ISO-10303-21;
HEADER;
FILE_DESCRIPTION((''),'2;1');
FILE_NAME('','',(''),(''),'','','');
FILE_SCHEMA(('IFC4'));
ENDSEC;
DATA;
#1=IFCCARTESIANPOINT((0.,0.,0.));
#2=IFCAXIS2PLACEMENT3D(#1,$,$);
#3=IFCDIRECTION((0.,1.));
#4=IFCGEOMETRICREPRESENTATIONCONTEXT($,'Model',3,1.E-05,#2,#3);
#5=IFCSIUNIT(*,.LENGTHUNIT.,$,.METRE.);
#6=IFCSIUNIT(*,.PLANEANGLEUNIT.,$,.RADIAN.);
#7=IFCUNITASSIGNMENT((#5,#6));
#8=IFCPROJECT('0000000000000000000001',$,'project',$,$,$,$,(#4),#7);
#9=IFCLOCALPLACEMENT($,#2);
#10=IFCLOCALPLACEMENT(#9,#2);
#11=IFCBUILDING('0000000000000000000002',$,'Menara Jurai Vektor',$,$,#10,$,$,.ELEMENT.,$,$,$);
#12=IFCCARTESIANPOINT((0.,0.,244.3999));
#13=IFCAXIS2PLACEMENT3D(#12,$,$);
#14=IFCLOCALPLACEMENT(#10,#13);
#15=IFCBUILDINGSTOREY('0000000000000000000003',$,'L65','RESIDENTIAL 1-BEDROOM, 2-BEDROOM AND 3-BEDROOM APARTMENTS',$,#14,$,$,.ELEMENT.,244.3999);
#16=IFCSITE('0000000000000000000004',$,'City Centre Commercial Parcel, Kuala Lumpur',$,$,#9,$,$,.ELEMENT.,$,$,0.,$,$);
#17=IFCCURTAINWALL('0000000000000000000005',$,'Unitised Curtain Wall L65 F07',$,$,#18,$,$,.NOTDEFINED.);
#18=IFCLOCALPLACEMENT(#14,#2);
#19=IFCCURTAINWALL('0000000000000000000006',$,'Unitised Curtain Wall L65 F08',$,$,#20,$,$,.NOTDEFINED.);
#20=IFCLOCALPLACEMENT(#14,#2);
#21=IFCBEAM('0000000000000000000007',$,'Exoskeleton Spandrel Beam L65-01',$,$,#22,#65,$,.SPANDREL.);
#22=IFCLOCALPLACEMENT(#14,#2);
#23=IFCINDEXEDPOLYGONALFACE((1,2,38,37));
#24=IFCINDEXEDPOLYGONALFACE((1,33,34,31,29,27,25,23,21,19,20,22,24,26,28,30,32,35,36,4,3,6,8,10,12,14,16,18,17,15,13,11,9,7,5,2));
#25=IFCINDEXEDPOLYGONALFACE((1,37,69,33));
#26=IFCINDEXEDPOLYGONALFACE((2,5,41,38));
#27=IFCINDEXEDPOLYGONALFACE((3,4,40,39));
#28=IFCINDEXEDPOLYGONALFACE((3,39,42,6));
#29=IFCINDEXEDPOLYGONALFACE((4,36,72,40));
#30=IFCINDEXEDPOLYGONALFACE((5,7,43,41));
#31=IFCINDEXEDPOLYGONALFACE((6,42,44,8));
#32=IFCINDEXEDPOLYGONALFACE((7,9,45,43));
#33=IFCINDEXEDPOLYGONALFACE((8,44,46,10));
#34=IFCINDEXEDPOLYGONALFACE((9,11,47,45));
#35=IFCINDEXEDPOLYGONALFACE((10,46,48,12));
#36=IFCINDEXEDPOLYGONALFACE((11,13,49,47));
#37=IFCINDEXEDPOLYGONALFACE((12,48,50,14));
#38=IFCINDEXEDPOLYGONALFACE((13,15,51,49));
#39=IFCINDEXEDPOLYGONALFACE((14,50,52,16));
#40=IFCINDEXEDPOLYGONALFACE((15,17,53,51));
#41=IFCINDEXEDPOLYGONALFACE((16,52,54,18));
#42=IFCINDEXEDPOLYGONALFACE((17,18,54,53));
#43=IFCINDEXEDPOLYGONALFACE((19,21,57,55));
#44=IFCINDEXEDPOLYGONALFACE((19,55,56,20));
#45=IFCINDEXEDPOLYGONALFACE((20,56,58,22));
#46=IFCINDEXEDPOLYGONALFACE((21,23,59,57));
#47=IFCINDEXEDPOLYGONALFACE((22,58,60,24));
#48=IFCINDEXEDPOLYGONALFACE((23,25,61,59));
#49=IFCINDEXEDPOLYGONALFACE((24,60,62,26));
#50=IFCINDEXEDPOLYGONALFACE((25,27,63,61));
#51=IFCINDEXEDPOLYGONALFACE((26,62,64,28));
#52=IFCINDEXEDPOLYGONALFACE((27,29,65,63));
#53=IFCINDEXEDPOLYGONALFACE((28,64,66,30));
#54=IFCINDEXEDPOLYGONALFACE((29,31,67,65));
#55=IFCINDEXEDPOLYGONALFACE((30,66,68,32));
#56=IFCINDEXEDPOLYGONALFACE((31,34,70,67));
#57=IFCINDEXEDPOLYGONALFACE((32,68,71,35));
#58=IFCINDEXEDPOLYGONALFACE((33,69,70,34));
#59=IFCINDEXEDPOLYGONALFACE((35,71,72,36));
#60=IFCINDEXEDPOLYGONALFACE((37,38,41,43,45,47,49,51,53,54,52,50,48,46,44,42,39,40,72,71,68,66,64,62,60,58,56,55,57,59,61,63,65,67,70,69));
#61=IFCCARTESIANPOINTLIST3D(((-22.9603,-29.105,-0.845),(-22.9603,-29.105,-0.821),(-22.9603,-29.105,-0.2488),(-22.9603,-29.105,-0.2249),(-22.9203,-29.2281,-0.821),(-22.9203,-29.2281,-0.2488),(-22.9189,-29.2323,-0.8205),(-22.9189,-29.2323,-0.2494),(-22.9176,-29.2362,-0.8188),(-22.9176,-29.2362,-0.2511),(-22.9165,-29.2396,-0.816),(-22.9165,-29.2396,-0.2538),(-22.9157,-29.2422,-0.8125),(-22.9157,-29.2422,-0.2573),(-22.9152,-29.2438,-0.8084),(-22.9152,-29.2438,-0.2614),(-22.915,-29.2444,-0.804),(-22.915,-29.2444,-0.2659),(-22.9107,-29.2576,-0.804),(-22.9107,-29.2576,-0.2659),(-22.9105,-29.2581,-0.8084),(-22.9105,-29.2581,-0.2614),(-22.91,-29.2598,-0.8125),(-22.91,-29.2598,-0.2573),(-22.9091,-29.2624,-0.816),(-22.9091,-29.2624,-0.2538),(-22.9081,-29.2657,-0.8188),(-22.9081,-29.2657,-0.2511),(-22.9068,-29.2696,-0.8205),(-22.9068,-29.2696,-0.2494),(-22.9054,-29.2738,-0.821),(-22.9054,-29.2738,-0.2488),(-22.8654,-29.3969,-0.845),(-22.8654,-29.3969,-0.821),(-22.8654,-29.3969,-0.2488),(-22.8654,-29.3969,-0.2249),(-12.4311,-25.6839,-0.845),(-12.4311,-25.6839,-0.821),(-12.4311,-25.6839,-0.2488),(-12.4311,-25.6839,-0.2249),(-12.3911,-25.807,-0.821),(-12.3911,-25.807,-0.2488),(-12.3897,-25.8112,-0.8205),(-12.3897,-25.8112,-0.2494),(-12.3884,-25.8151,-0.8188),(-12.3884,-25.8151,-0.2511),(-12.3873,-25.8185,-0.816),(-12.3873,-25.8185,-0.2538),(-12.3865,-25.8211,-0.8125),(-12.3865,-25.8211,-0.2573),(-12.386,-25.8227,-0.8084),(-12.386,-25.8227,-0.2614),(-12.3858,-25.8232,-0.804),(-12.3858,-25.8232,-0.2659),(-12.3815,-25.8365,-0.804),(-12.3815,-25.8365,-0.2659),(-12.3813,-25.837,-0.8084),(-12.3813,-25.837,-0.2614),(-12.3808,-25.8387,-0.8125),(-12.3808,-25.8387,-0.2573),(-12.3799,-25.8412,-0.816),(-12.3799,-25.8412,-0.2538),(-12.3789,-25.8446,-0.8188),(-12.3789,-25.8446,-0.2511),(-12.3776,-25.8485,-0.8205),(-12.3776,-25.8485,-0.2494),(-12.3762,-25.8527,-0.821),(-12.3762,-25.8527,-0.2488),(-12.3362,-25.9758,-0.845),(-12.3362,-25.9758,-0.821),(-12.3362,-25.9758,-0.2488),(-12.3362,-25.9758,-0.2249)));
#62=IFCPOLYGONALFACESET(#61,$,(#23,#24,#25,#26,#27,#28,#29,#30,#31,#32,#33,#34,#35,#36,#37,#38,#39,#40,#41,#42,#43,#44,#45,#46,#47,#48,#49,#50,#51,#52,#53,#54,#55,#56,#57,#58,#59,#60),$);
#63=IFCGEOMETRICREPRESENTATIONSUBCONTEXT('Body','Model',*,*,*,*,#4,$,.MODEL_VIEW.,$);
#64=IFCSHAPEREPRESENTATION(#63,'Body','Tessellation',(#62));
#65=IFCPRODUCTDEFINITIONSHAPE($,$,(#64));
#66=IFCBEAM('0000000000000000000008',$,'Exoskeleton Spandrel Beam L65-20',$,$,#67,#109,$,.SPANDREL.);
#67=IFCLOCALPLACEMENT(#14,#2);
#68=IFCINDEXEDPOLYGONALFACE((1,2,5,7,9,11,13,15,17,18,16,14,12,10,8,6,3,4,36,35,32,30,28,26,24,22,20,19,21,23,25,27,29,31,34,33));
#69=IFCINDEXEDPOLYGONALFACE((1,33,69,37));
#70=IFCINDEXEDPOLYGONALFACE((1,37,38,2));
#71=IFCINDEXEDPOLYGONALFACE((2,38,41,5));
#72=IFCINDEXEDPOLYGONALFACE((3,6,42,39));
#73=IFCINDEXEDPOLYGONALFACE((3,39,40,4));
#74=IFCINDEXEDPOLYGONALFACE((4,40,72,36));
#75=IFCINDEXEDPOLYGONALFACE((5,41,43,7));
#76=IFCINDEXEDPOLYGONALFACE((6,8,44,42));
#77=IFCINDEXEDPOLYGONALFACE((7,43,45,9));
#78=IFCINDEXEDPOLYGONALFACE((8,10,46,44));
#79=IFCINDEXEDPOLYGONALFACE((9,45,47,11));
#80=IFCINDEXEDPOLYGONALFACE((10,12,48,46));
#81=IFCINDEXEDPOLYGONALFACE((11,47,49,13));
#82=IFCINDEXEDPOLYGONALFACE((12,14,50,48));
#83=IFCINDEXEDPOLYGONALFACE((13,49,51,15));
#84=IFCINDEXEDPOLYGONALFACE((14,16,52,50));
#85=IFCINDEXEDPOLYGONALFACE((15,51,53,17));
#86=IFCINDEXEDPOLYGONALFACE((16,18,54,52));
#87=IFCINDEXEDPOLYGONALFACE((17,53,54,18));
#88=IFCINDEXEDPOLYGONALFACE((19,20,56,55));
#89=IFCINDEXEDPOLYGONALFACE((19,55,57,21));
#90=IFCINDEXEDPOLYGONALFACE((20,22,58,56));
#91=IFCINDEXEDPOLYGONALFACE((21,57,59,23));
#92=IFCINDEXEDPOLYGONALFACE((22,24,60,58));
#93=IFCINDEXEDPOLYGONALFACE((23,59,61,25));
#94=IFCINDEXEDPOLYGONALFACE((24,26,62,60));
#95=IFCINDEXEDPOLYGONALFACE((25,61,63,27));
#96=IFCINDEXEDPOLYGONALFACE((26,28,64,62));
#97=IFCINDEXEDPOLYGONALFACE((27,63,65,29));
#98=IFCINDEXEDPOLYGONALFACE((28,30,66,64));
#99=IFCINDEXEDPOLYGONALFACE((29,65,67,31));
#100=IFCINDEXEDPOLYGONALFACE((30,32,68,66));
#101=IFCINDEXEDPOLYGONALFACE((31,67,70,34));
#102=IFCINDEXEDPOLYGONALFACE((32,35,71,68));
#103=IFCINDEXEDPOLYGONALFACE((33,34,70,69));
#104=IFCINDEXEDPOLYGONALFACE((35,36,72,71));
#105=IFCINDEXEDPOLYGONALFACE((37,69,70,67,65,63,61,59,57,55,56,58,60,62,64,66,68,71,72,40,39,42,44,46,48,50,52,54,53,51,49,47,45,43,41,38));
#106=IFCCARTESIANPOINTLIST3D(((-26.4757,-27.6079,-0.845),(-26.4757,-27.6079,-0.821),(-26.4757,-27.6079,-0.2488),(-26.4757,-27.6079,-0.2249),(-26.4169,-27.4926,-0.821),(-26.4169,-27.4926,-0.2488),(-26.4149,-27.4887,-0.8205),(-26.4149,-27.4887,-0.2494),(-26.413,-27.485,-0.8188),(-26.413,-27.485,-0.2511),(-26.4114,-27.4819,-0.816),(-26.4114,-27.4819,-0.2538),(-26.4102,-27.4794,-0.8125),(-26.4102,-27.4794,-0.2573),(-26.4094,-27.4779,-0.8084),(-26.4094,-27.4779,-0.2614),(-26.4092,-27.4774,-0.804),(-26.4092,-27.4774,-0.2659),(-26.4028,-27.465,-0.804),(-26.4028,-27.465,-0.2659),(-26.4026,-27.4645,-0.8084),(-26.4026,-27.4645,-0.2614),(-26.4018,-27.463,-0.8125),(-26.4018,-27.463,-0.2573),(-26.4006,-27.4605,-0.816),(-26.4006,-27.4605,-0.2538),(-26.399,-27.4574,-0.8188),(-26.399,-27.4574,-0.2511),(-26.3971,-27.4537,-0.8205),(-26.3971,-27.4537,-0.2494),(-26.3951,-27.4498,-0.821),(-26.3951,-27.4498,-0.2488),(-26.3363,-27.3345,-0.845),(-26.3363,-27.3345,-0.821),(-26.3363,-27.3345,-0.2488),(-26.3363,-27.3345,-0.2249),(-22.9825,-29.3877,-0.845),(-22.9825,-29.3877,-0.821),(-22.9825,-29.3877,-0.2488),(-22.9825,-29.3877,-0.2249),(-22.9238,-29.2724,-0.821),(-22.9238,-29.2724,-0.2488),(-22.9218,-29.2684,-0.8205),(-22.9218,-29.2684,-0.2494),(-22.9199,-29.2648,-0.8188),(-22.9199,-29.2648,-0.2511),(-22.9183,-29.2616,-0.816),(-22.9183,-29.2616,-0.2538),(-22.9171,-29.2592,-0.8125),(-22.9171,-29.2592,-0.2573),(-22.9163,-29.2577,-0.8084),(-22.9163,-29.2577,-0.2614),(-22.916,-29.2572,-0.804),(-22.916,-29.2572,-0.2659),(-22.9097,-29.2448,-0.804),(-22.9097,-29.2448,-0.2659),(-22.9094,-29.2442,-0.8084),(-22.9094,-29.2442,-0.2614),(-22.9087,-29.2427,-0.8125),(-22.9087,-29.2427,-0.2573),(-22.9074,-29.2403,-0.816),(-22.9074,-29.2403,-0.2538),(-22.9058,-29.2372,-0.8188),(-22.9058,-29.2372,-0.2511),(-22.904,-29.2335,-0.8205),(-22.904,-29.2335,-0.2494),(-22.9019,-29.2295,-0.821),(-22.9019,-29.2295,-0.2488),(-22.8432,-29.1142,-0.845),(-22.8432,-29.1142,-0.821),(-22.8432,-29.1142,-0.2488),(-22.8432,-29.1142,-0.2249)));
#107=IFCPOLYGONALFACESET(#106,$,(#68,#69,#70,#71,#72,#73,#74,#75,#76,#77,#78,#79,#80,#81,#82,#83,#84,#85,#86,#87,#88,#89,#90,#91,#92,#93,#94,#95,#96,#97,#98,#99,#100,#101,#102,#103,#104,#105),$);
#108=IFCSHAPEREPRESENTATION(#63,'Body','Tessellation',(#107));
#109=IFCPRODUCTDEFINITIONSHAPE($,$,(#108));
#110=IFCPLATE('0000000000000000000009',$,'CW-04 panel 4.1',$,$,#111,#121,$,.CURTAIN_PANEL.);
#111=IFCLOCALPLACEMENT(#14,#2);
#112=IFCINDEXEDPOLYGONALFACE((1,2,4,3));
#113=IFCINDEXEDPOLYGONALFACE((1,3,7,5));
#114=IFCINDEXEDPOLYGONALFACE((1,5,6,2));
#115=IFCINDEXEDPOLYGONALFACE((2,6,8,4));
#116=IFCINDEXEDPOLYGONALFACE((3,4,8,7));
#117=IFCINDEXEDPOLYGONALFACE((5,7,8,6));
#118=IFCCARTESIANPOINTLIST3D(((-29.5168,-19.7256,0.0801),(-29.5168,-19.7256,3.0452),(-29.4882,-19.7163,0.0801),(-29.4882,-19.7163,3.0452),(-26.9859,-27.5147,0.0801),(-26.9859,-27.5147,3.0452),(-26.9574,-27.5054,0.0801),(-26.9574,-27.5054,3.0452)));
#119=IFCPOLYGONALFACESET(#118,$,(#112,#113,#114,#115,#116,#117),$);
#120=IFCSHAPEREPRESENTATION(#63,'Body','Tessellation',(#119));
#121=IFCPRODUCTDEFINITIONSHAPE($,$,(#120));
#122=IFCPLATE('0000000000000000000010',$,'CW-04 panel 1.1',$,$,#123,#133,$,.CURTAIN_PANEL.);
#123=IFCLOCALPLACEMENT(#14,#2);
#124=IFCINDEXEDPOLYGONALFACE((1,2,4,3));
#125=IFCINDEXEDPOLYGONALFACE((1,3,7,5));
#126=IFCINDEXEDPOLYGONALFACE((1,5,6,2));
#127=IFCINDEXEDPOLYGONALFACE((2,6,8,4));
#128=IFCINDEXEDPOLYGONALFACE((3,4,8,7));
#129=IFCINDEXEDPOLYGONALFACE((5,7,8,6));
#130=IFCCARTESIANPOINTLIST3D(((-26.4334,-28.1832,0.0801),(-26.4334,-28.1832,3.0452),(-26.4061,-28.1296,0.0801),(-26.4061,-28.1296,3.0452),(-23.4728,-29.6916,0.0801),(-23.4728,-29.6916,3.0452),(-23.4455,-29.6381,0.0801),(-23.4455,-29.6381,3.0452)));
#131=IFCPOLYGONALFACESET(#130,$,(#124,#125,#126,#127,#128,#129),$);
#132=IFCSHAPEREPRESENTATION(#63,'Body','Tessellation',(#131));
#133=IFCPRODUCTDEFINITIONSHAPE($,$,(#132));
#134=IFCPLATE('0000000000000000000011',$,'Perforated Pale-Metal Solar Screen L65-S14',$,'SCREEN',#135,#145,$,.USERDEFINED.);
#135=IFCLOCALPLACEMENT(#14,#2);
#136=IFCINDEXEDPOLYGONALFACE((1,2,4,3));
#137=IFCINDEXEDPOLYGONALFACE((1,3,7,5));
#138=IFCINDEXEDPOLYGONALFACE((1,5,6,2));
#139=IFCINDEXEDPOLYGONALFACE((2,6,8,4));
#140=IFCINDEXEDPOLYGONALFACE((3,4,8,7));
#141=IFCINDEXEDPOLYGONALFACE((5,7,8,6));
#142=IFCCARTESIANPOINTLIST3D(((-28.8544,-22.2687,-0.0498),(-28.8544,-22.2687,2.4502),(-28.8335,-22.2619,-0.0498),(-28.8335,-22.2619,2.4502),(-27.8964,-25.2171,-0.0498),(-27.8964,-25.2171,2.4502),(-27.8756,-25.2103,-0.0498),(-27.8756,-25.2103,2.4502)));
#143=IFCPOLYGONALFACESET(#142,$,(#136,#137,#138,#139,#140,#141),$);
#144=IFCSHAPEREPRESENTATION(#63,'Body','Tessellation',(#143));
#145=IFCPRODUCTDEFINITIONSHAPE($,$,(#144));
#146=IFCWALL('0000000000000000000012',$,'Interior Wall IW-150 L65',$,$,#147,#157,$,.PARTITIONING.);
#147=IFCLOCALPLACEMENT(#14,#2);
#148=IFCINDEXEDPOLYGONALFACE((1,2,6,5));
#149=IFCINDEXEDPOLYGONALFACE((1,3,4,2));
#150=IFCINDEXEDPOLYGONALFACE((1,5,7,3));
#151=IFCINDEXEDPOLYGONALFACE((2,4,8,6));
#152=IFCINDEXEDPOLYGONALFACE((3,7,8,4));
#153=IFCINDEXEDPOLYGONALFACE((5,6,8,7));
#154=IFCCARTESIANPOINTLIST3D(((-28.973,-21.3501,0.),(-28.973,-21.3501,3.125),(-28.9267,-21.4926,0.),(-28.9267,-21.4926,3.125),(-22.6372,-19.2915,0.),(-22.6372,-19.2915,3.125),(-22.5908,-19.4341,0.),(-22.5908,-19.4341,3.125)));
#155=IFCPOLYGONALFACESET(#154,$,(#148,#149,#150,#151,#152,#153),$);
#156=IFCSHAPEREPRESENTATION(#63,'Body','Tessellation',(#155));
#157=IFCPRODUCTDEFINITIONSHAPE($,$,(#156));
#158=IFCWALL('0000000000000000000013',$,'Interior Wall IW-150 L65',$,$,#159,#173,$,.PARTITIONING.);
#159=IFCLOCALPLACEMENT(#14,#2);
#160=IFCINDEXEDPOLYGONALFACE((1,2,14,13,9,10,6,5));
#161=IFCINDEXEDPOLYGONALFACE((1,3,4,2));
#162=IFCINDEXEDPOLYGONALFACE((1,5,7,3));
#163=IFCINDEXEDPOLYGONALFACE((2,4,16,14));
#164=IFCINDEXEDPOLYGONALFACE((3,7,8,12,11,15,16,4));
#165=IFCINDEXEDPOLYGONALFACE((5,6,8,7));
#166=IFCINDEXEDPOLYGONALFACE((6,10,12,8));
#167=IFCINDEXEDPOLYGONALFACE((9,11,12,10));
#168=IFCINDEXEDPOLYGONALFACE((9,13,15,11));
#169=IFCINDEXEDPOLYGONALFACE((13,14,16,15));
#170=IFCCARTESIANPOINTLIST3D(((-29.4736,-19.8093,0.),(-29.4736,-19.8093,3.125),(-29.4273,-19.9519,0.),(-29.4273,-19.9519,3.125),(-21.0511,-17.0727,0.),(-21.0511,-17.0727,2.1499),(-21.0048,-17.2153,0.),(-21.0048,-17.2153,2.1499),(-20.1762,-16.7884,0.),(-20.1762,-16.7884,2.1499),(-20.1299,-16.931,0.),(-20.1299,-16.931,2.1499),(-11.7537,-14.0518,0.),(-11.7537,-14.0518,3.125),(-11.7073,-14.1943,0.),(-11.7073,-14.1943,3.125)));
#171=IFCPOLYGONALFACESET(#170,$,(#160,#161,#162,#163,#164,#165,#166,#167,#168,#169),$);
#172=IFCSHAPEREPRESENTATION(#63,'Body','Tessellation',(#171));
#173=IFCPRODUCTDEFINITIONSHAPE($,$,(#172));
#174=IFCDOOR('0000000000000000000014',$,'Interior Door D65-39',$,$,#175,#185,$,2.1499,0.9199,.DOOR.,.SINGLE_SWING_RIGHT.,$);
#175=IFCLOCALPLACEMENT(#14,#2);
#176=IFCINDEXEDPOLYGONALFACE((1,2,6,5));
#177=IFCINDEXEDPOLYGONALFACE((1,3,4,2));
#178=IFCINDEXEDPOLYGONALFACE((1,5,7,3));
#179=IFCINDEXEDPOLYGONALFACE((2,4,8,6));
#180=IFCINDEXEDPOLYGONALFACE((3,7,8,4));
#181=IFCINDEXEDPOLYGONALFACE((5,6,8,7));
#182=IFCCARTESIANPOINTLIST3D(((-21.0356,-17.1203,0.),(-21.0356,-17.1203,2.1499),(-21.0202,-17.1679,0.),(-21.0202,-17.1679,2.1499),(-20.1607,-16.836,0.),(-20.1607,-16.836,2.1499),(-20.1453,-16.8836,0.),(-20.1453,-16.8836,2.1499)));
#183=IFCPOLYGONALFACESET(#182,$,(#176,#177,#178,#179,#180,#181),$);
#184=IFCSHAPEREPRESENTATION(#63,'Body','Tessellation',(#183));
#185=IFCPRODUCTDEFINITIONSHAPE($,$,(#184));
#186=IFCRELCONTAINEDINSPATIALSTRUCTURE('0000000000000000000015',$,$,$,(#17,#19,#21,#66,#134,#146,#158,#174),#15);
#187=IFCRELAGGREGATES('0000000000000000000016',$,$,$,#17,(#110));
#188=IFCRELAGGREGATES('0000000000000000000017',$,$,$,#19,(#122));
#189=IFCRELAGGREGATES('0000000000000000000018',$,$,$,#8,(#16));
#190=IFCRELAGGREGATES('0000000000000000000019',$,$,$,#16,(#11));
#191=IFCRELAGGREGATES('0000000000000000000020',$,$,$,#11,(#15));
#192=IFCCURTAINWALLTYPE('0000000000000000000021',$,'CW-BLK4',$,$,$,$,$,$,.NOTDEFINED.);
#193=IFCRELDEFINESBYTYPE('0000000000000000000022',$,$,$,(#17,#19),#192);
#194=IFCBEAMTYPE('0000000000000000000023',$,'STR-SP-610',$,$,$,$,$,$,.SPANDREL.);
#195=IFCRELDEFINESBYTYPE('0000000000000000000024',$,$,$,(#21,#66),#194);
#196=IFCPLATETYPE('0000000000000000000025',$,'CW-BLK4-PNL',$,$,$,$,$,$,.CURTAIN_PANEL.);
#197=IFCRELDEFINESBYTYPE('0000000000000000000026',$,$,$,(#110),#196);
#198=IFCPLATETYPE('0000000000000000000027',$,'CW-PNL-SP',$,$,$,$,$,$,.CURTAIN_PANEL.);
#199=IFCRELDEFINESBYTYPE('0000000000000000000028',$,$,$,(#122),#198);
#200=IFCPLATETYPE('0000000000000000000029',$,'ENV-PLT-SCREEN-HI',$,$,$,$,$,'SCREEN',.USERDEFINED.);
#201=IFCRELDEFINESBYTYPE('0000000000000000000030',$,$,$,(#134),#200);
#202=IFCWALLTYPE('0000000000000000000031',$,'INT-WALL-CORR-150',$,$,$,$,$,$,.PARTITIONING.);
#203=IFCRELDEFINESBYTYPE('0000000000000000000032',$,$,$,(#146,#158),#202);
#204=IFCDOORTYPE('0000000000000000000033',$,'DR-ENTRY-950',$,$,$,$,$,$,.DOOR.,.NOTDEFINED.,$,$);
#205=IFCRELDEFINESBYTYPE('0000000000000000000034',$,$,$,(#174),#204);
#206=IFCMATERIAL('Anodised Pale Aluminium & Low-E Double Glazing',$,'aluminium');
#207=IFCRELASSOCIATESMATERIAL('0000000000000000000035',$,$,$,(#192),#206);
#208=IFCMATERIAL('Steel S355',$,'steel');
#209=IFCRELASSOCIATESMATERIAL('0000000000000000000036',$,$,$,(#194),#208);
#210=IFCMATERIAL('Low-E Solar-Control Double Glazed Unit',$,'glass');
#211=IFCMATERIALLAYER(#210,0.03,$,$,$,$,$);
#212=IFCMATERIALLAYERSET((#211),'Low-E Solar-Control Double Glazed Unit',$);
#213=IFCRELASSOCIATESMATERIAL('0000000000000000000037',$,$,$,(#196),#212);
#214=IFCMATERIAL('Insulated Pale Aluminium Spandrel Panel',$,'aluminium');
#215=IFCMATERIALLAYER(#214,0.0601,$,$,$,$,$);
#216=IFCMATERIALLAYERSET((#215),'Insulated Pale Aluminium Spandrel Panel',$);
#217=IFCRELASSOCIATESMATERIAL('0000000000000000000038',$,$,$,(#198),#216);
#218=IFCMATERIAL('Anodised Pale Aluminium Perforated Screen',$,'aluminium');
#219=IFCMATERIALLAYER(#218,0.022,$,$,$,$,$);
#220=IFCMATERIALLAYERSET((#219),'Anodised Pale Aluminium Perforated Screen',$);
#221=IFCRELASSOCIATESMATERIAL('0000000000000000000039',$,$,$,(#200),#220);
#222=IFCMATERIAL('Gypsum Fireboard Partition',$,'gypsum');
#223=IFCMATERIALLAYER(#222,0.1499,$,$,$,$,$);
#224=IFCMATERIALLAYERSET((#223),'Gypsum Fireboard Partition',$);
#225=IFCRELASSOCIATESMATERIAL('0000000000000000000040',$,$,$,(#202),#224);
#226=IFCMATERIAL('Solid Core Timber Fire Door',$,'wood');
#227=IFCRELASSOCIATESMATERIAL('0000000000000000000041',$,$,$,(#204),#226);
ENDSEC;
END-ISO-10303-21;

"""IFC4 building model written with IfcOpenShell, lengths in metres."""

from ifc_helpers import new_model, si_unit, direction, frame, frame_2d, origin, origin_2d, place, context, subcontext, project, spatial, rectangle, i_section, extrude, material, layer, layer_set, material_profile, profile_set, type_object, element, fill, aggregate, save


model = new_model("IFC4")

# Units and contexts
model_context = context("Model", 3, precision=1e-05, world=origin(), true_north=direction((0.0, 1.0)))
body_context = subcontext(model_context, "Body", "Model", "MODEL_VIEW")
ifc_project = project(units=[si_unit("LENGTHUNIT", "METRE"), si_unit("PLANEANGLEUNIT", "RADIAN")], contexts=[model_context])

# Site, building, storey
site_placement = place(None, origin())
site = spatial("IfcSite", under=ifc_project, at=site_placement, Name="City Centre Commercial Parcel, Kuala Lumpur", CompositionType="ELEMENT", RefElevation=0.0)
building_placement = place(site_placement, origin())
building = spatial("IfcBuilding", under=site, at=building_placement, Name="Menara Jurai Vektor", CompositionType="ELEMENT")
storey_placement = place(building_placement, frame((0.0, 0.0, 244.3999)))
storey = spatial("IfcBuildingStorey", under=building, at=storey_placement, Name="L65", Description="RESIDENTIAL 1-BEDROOM, 2-BEDROOM AND 3-BEDROOM APARTMENTS", CompositionType="ELEMENT", Elevation=244.3999)

# Shared definitions
ifc_material_1 = material(Name="Anodised Pale Aluminium & Low-E Double Glazing", Category="aluminium")
curtain_wall_type = type_object("IfcCurtainWallType", Name="CW-BLK4", PredefinedType="NOTDEFINED", material=ifc_material_1)

# Curtain walls
curtain_wall_1_placement = place(storey_placement, origin())
curtain_wall_1 = element("IfcCurtainWall", 1, at=curtain_wall_1_placement, inside=storey, type_object=curtain_wall_type, Name="Unitised Curtain Wall L65 F07", PredefinedType="NOTDEFINED")
curtain_wall_2_placement = place(storey_placement, origin())
curtain_wall_2 = element("IfcCurtainWall", 2, at=curtain_wall_2_placement, inside=storey, type_object=curtain_wall_type, Name="Unitised Curtain Wall L65 F08", PredefinedType="NOTDEFINED")

# Shared definitions
ifc_material_2 = material(Name="Steel S355", Category="steel")

# Beams
ifc_material_profile_1 = material_profile(ifc_material_2, i_section(OverallWidth=0.3069, OverallDepth=0.6201, WebThickness=0.0139, FlangeThickness=0.0239, FilletRadius=0.0171, at=origin_2d()), Name="UKB 610x305x179")
ifc_profile_set_1 = profile_set([ifc_material_profile_1], Name="Steel S355")
beam_type_1 = type_object("IfcBeamType", Name="STR-SP-610", PredefinedType="SPANDREL", material=ifc_profile_set_1)
beam_1_placement = place(storey_placement, frame((-22.9128, -29.251, -0.5349), z_axis=(0.951057, 0.309014, 0.0), x_axis=(-0.309014, 0.951057, 0.0)))
element("IfcBeam", 3, at=beam_1_placement, inside=storey, type_object=beam_type_1, Name="Exoskeleton Spandrel Beam L65-01", PredefinedType="SPANDREL", context=body_context, shape_type="SweptSolid", body=[
    extrude(i_section(OverallWidth=0.3069, OverallDepth=0.6201, WebThickness=0.0139, FlangeThickness=0.0239, FilletRadius=0.0171, at=origin_2d()), origin(), (0.0, 0.0, 1.0), 11.071),
])
beam_2_placement = place(storey_placement, frame((-26.406, -27.4712, -0.5349), z_axis=(0.891014, -0.453976, 0.0), x_axis=(0.453976, 0.891014, 0.0)))
element("IfcBeam", 4, at=beam_2_placement, inside=storey, type_object=beam_type_1, Name="Exoskeleton Spandrel Beam L65-20", PredefinedType="SPANDREL", context=body_context, shape_type="SweptSolid", body=[
    extrude(i_section(OverallWidth=0.3069, OverallDepth=0.6201, WebThickness=0.0139, FlangeThickness=0.0239, FilletRadius=0.0171, at=origin_2d()), origin(), (0.0, 0.0, 1.0), 3.9204),
])

# Plates
ifc_material_3 = material(Name="Low-E Solar-Control Double Glazed Unit", Category="glass")
ifc_layer_1 = layer(ifc_material_3, 0.03)
ifc_layer_set_1 = layer_set([ifc_layer_1], Name="Low-E Solar-Control Double Glazed Unit")
plate_type_1 = type_object("IfcPlateType", Name="CW-BLK4-PNL", PredefinedType="CURTAIN_PANEL", material=ifc_layer_set_1)
plate_1_placement = place(storey_placement, frame((-28.2371, -23.6155, 0.0801), z_axis=(0.0, 0.0, 1.0), x_axis=(0.309016, -0.951057, 0.0)))
plate_1 = element("IfcPlate", 5, at=plate_1_placement, type_object=plate_type_1, Name="CW-04 panel 4.1", PredefinedType="CURTAIN_PANEL", context=body_context, shape_type="SweptSolid", body=[
    extrude(rectangle(XDim=8.1899, YDim=0.03, at=origin_2d()), origin(), (0.0, 0.0, 1.0), 2.9651),
])
aggregate(curtain_wall_1, [plate_1])
ifc_material_4 = material(Name="Insulated Pale Aluminium Spandrel Panel", Category="aluminium")
ifc_layer_2 = layer(ifc_material_4, 0.0601)
ifc_layer_set_2 = layer_set([ifc_layer_2], Name="Insulated Pale Aluminium Spandrel Panel")
plate_type_2 = type_object("IfcPlateType", Name="CW-PNL-SP", PredefinedType="CURTAIN_PANEL", material=ifc_layer_set_2)
plate_2_placement = place(storey_placement, frame((-24.9395, -28.9106, 0.0801), z_axis=(0.0, 0.0, 1.0), x_axis=(0.891008, -0.453989, 0.0)))
plate_2 = element("IfcPlate", 6, at=plate_2_placement, type_object=plate_type_2, Name="CW-04 panel 1.1", PredefinedType="CURTAIN_PANEL", context=body_context, shape_type="SweptSolid", body=[
    extrude(rectangle(XDim=3.3228, YDim=0.0601, at=origin_2d()), origin(), (0.0, 0.0, 1.0), 2.9651),
])
aggregate(curtain_wall_2, [plate_2])
ifc_material_5 = material(Name="Anodised Pale Aluminium Perforated Screen", Category="aluminium")
ifc_layer_3 = layer(ifc_material_5, 0.022)
ifc_layer_set_3 = layer_set([ifc_layer_3], Name="Anodised Pale Aluminium Perforated Screen")
plate_type_3 = type_object("IfcPlateType", Name="ENV-PLT-SCREEN-HI", ElementType="SCREEN", PredefinedType="USERDEFINED", material=ifc_layer_set_3)
plate_3_placement = place(storey_placement, frame((-28.365, -23.7395, -0.0498), z_axis=(0.0, 0.0, 1.0), x_axis=(0.309017, -0.951057, 0.0)))
element("IfcPlate", 7, at=plate_3_placement, inside=storey, type_object=plate_type_3, Name="Perforated Pale-Metal Solar Screen L65-S14", ObjectType="SCREEN", PredefinedType="USERDEFINED", context=body_context, shape_type="SweptSolid", body=[
    extrude(rectangle(XDim=3.1001, YDim=0.022, at=origin_2d()), origin(), (0.0, 0.0, 1.0), 2.5),
])

# Wall
ifc_material_6 = material(Name="Gypsum Fireboard Partition", Category="gypsum")
ifc_layer_4 = layer(ifc_material_6, 0.1499)
ifc_layer_set_4 = layer_set([ifc_layer_4], Name="Gypsum Fireboard Partition")
wall_type = type_object("IfcWallType", Name="INT-WALL-CORR-150", PredefinedType="PARTITIONING", material=ifc_layer_set_4)
wall_1_placement = place(storey_placement, frame((-28.95, -21.4214, 0.0), z_axis=(0.0, 0.0, 1.0), x_axis=(0.95106, 0.309007, 0.0)))
element("IfcWall", 8, at=wall_1_placement, inside=storey, type_object=wall_type, Name="Interior Wall IW-150 L65", PredefinedType="PARTITIONING", context=body_context, shape_type="SweptSolid", body=[
    extrude(rectangle(XDim=6.6619, YDim=0.1499, at=frame_2d((3.3311, 0.0))), origin(), (0.0, 0.0, 1.0), 3.125),
])

# Wall, opening, door
wall_2_placement = place(storey_placement, frame((-29.4504, -19.8806, 0.0), z_axis=(0.0, 0.0, 1.0), x_axis=(0.951057, 0.309017, 0.0)))
wall_2 = element("IfcWall", 9, at=wall_2_placement, inside=storey, type_object=wall_type, Name="Interior Wall IW-150 L65", PredefinedType="PARTITIONING", context=body_context, shape_type="SweptSolid", body=[
    extrude(rectangle(XDim=18.6318, YDim=0.1499, at=frame_2d((9.3159, 0.0))), origin(), (0.0, 0.0, 1.0), 3.125),
])
opening_1_placement = place(wall_2_placement, frame((8.856, 0.0, 0.0)))
opening_1 = element("IfcOpeningElement", 10, at=opening_1_placement, cuts=wall_2, PredefinedType="OPENING", context=body_context, shape_type="SweptSolid", body=[
    extrude(rectangle(XDim=0.9199, YDim=2.1499, at=frame_2d((0.46, 1.075))), frame((0.0, 0.085, 0.0), z_axis=(0.0, -1.0, 0.0), x_axis=(1.0, 0.0, 0.0)), (0.0, 0.0, 1.0), 0.1699),
])
ifc_material_7 = material(Name="Solid Core Timber Fire Door", Category="wood")
door_type_1 = type_object("IfcDoorType", Name="DR-ENTRY-950", OperationType="NOTDEFINED", PredefinedType="DOOR", material=ifc_material_7)
door_1_placement = place(opening_1_placement, origin())
door_1 = element("IfcDoor", 11, at=door_1_placement, inside=storey, type_object=door_type_1, Name="Interior Door D65-39", OperationType="SINGLE_SWING_RIGHT", OverallHeight=2.1499, OverallWidth=0.9199, PredefinedType="DOOR", context=body_context, shape_type="SweptSolid", body=[
    extrude(rectangle(XDim=0.9199, YDim=2.1499, at=frame_2d((0.46, 1.075))), frame((0.0, 0.0249, 0.0), z_axis=(0.0, -1.0, 0.0), x_axis=(1.0, 0.0, 0.0)), (0.0, 0.0, 1.0), 0.05),
])
fill(opening_1, door_1)

save(model, "model.ifc")
